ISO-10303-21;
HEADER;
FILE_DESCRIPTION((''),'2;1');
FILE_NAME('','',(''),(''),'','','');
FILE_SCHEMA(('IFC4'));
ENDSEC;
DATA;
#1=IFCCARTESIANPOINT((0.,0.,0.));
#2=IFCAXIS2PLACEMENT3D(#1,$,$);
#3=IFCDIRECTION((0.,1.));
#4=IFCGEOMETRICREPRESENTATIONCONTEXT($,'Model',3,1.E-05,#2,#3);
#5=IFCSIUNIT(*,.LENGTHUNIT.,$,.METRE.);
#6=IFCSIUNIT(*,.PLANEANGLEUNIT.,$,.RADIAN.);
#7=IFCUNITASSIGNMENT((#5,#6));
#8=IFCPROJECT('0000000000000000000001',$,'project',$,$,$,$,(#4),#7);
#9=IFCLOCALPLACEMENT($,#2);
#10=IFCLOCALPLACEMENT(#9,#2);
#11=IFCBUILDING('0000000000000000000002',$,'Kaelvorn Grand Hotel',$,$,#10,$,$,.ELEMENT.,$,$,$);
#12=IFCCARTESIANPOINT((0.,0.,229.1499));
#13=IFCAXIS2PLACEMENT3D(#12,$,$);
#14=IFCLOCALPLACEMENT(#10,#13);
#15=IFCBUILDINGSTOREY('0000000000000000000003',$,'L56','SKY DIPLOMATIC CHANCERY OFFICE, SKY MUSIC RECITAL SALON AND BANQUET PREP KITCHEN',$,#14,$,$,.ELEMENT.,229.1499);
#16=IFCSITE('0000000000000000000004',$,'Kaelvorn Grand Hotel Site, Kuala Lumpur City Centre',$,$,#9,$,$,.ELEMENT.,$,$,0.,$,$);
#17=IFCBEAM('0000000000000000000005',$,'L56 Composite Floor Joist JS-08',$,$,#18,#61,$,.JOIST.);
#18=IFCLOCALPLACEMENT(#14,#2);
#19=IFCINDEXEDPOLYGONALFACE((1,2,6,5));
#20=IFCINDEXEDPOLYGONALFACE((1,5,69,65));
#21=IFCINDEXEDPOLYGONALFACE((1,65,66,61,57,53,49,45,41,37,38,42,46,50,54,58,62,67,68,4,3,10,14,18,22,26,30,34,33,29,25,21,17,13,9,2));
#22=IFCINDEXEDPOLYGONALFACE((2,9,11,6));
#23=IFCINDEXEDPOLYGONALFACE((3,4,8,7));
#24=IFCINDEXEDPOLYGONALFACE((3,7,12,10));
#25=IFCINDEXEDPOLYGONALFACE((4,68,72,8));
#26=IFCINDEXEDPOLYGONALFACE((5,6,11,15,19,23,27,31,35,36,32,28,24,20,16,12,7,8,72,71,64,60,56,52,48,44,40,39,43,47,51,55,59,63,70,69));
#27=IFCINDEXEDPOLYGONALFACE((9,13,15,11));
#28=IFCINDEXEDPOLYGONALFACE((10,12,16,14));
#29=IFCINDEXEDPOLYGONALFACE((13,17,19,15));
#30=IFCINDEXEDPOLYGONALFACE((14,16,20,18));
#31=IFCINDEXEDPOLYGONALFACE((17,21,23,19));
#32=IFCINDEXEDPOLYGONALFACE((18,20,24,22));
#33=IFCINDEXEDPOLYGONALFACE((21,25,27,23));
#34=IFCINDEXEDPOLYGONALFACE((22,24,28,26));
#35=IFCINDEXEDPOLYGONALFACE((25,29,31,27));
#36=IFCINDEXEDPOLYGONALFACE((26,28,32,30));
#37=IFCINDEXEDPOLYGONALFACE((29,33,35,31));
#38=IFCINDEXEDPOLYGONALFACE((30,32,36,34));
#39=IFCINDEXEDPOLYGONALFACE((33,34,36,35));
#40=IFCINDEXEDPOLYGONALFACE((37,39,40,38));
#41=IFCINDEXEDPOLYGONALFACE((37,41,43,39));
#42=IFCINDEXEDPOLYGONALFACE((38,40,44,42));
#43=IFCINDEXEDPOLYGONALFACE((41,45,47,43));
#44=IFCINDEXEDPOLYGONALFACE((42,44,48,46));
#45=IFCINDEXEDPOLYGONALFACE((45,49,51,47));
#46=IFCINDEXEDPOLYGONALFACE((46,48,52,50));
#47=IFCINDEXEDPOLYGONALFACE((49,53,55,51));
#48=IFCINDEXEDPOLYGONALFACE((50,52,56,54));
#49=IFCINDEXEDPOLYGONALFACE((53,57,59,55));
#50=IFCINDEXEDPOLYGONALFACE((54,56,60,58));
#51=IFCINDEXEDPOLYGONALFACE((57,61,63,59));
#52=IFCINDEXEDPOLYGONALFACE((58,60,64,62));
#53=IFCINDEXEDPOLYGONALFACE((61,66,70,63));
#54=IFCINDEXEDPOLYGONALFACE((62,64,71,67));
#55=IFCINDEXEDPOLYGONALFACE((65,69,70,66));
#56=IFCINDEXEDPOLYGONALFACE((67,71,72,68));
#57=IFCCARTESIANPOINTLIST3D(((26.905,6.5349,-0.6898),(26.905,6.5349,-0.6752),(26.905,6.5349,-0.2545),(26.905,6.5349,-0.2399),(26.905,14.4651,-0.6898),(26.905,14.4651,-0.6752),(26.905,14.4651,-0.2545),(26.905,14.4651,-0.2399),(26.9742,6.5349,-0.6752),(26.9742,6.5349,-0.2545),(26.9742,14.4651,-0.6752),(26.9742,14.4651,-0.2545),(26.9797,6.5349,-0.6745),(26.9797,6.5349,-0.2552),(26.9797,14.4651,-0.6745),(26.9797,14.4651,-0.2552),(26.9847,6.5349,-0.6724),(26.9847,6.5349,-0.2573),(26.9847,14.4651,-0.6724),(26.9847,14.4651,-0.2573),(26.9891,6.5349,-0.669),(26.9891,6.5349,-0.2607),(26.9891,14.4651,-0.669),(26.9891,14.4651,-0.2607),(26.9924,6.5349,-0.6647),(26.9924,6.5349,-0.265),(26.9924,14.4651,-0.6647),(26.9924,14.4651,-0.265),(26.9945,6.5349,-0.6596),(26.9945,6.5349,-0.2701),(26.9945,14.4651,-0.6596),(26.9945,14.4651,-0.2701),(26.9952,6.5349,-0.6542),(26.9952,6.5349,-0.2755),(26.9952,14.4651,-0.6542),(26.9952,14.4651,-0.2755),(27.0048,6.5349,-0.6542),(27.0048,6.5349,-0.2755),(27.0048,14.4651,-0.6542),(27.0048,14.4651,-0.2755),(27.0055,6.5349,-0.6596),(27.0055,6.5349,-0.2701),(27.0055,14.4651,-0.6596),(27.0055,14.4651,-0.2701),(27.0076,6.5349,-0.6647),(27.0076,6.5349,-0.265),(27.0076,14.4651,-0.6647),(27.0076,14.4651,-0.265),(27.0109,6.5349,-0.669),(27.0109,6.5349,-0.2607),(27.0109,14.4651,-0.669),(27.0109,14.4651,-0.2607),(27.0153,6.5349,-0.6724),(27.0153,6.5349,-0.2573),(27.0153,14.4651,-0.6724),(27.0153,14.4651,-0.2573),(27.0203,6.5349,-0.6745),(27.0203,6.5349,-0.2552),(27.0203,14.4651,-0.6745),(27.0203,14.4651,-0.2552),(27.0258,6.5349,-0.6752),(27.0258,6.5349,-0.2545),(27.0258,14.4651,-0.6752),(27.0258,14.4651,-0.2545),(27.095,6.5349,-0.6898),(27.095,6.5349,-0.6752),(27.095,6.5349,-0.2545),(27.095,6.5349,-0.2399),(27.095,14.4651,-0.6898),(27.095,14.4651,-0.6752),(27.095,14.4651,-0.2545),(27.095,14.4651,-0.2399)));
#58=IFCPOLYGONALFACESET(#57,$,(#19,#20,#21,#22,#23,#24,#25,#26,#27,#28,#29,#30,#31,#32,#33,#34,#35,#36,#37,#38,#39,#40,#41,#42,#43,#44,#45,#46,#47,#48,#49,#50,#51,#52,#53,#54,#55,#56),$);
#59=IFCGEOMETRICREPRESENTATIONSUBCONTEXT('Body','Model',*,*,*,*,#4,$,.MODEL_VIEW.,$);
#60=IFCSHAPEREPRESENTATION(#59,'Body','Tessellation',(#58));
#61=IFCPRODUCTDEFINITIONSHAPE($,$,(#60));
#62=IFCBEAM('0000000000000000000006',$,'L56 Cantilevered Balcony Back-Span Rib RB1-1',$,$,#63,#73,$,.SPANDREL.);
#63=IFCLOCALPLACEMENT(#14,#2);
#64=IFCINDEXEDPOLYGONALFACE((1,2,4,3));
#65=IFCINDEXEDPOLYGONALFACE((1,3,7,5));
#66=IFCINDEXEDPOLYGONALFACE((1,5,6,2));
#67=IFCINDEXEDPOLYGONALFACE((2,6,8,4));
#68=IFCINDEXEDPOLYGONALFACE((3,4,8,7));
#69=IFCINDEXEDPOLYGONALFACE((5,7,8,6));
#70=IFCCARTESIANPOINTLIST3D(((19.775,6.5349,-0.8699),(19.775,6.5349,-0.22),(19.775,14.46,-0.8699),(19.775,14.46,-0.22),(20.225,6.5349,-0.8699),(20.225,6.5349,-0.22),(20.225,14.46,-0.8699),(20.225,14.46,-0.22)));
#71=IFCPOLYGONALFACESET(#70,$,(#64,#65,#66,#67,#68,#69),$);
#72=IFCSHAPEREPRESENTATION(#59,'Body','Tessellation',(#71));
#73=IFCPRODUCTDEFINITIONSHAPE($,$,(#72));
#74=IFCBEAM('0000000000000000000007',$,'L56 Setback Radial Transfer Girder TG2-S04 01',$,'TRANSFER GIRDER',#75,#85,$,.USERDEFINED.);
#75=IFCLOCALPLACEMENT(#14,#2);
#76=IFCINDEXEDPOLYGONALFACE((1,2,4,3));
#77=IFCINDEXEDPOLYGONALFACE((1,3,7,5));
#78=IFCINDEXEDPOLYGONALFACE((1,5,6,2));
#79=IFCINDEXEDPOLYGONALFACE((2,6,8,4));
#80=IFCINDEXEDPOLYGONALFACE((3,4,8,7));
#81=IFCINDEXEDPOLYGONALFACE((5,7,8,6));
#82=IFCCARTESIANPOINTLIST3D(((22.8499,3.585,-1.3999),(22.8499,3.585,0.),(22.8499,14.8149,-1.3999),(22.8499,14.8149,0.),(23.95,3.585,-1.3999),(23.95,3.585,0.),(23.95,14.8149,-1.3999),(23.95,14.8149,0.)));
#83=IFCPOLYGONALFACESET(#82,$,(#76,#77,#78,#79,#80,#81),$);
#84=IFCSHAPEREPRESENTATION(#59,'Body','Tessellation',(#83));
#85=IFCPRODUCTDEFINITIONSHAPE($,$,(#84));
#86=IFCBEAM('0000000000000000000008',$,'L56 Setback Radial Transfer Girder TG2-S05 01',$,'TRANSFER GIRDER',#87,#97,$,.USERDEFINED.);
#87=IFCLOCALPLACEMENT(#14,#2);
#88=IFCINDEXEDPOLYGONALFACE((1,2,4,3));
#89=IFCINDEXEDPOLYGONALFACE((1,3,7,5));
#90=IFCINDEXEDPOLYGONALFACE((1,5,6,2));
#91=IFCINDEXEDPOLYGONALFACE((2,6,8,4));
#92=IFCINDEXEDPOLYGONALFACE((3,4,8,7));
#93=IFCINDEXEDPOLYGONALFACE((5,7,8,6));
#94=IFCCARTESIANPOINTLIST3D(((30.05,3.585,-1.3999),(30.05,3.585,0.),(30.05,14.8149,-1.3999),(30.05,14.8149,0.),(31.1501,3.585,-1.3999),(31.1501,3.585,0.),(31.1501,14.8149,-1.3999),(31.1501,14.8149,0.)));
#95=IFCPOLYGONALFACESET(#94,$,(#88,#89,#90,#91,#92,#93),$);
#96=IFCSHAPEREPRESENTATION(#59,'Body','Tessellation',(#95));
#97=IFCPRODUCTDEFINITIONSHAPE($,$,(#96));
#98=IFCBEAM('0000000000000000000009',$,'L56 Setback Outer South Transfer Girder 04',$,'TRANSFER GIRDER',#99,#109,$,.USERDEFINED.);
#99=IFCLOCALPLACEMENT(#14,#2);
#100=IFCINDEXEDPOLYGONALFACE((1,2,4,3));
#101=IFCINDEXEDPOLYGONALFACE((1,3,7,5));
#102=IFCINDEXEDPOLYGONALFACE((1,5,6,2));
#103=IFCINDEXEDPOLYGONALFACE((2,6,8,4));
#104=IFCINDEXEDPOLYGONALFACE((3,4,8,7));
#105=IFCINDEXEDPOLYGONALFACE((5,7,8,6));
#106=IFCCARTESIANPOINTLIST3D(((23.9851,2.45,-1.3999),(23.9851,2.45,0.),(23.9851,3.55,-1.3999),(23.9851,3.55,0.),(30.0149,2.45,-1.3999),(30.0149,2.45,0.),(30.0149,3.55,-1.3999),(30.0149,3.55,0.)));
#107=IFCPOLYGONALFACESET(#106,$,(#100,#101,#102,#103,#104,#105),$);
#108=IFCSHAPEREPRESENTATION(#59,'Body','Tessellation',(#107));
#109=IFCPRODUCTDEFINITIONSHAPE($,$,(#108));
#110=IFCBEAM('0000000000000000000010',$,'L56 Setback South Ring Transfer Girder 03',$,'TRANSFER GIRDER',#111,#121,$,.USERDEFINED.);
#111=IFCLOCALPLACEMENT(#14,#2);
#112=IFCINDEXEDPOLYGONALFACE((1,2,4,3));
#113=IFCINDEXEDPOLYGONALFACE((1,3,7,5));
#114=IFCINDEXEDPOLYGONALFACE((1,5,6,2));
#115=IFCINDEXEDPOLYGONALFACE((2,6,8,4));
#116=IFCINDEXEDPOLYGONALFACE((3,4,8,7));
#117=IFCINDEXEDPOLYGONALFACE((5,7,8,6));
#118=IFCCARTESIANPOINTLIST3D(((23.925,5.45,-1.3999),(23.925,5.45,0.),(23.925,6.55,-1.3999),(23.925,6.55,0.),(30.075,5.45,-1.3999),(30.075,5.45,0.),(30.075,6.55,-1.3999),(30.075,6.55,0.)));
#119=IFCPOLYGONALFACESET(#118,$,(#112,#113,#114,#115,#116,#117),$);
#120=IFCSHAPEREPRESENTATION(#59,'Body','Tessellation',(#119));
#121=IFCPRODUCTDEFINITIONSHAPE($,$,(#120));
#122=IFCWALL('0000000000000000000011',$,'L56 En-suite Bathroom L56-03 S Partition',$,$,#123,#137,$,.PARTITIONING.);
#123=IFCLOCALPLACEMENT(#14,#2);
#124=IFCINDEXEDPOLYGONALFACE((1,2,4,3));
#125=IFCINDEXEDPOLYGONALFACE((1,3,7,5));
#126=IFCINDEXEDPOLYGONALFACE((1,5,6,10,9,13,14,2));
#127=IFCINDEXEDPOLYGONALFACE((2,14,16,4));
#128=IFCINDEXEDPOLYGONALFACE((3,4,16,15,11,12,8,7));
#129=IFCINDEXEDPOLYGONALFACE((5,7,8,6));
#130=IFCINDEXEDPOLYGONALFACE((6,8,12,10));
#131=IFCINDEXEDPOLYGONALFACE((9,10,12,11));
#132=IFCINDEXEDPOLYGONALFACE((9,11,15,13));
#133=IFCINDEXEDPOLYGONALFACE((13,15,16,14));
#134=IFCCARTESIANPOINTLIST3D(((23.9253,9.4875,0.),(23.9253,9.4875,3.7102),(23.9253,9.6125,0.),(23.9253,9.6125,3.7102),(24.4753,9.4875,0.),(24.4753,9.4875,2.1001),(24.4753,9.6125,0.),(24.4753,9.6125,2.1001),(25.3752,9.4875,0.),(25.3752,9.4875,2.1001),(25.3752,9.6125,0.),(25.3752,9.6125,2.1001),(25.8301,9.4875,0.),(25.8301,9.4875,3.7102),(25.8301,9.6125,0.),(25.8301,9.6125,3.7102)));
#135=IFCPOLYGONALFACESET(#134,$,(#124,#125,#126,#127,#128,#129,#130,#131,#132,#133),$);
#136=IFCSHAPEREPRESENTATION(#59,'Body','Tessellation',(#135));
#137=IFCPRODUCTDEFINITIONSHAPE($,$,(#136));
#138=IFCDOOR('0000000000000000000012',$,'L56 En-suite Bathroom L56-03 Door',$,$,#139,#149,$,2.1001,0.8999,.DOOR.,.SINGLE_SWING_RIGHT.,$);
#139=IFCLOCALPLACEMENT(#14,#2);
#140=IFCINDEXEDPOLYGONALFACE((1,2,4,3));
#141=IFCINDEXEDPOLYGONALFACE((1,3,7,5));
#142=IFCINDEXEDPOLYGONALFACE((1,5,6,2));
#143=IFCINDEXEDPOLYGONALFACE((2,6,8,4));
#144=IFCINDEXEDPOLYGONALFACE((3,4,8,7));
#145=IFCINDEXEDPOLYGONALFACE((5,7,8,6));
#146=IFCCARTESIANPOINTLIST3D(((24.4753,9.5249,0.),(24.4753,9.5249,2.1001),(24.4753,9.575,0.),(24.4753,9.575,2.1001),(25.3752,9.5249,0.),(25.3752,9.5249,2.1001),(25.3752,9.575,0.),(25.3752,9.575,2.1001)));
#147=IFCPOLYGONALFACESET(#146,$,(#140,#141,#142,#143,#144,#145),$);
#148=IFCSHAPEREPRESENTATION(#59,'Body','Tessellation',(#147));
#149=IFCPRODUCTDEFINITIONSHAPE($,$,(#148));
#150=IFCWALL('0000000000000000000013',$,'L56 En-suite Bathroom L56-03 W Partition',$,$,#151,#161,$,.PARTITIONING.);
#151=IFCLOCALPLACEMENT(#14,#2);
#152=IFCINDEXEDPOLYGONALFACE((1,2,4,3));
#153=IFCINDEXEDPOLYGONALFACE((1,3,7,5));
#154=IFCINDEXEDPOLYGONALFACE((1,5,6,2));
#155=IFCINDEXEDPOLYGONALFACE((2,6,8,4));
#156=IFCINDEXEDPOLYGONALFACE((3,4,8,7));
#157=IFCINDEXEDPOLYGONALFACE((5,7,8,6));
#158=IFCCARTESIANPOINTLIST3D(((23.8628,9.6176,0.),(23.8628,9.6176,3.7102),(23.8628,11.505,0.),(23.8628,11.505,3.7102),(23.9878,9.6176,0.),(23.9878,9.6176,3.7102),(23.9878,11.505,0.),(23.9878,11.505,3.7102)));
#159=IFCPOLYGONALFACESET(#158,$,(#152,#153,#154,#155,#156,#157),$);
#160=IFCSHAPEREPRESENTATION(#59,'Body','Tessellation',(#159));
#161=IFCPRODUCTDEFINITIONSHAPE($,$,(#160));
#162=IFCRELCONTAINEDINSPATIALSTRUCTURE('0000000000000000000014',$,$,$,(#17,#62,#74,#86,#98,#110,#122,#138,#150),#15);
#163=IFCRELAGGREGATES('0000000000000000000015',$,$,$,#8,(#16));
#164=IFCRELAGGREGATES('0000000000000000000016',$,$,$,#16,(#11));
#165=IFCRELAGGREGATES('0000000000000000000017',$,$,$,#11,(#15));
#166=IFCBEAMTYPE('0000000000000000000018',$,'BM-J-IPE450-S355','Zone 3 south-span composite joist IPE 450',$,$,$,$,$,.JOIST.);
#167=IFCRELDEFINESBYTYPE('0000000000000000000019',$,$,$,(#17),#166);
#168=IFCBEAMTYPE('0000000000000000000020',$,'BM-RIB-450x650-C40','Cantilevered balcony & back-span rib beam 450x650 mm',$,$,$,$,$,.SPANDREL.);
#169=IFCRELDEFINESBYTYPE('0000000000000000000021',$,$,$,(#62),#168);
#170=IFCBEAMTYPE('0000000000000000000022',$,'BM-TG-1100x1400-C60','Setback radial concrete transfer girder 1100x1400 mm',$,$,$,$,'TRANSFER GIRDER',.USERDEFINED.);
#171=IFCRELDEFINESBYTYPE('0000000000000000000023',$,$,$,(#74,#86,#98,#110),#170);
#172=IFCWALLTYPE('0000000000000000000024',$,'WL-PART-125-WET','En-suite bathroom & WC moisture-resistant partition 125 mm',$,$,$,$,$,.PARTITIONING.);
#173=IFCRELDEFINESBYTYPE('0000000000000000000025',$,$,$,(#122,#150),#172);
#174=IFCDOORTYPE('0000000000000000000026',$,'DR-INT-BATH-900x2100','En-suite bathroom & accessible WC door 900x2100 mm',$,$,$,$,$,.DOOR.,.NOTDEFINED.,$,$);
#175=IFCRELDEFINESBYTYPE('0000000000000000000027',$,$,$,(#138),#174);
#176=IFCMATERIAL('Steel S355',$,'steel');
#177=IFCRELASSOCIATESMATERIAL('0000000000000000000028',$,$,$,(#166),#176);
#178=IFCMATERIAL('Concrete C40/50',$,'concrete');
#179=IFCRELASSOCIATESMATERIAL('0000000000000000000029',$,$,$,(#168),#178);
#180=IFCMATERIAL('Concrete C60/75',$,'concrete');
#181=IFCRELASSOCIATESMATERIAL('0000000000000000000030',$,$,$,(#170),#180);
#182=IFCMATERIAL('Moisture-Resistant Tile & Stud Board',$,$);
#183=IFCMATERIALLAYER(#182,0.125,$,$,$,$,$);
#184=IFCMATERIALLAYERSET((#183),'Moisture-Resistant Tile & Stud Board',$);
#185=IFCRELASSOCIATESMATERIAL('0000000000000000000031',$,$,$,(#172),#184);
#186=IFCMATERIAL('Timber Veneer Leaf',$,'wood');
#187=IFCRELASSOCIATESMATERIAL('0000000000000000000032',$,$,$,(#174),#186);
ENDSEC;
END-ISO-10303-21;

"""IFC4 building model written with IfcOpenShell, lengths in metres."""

from ifc_helpers import new_model, si_unit, direction, frame, frame_2d, origin, origin_2d, place, context, subcontext, project, spatial, rectangle, i_section, extrude, material, layer, layer_set, material_profile, profile_set, type_object, element, fill, save


model = new_model("IFC4")

# Units and contexts
model_context = context("Model", 3, precision=1e-05, world=origin(), true_north=direction((0.0, 1.0)))
body_context = subcontext(model_context, "Body", "Model", "MODEL_VIEW")
ifc_project = project(units=[si_unit("LENGTHUNIT", "METRE"), si_unit("PLANEANGLEUNIT", "RADIAN")], contexts=[model_context])

# Site, building, storey
site_placement = place(None, origin())
site = spatial("IfcSite", under=ifc_project, at=site_placement, Name="Kaelvorn Grand Hotel Site, Kuala Lumpur City Centre", CompositionType="ELEMENT", RefElevation=0.0)
building_placement = place(site_placement, origin())
building = spatial("IfcBuilding", under=site, at=building_placement, Name="Kaelvorn Grand Hotel", CompositionType="ELEMENT")
storey_placement = place(building_placement, frame((0.0, 0.0, 229.1499)))
storey = spatial("IfcBuildingStorey", under=building, at=storey_placement, Name="L56", Description="SKY DIPLOMATIC CHANCERY OFFICE, SKY MUSIC RECITAL SALON AND BANQUET PREP KITCHEN", CompositionType="ELEMENT", Elevation=229.1499)

# Beams
ifc_material_1 = material(Name="Steel S355", Category="steel")
ifc_material_profile_1 = material_profile(ifc_material_1, i_section(OverallWidth=0.1899, OverallDepth=0.45, WebThickness=0.0095, FlangeThickness=0.0146, FilletRadius=0.021, at=origin_2d()), Name="IPE 450")
ifc_profile_set_1 = profile_set([ifc_material_profile_1], Name="Steel S355")
beam_type_1 = type_object("IfcBeamType", Name="BM-J-IPE450-S355", Description="Zone 3 south-span composite joist IPE 450", PredefinedType="JOIST", material=ifc_profile_set_1)
beam_1_placement = place(storey_placement, frame((27.0, 6.5349, -0.4648), z_axis=(0.0, 1.0, 0.0), x_axis=(-1.0, 0.0, 0.0)))
element("IfcBeam", 1, at=beam_1_placement, inside=storey, type_object=beam_type_1, Name="L56 Composite Floor Joist JS-08", PredefinedType="JOIST", context=body_context, shape_type="SweptSolid", body=[
    extrude(i_section(OverallWidth=0.1899, OverallDepth=0.45, WebThickness=0.0095, FlangeThickness=0.0146, FilletRadius=0.021, at=origin_2d()), origin(), (0.0, 0.0, 1.0), 7.9302),
])
ifc_material_2 = material(Name="Concrete C40/50", Category="concrete")
ifc_material_profile_2 = material_profile(ifc_material_2, rectangle(XDim=0.45, YDim=0.6499, at=origin_2d()), Name="RC RIB 450x650")
ifc_profile_set_2 = profile_set([ifc_material_profile_2], Name="Concrete C40/50")
beam_type_2 = type_object("IfcBeamType", Name="BM-RIB-450x650-C40", Description="Cantilevered balcony & back-span rib beam 450x650 mm", PredefinedType="SPANDREL", material=ifc_profile_set_2)
beam_2_placement = place(storey_placement, frame((20.0, 6.5349, -0.5449), z_axis=(0.0, 1.0, 0.0), x_axis=(-1.0, 0.0, 0.0)))
element("IfcBeam", 2, at=beam_2_placement, inside=storey, type_object=beam_type_2, Name="L56 Cantilevered Balcony Back-Span Rib RB1-1", PredefinedType="SPANDREL", context=body_context, shape_type="SweptSolid", body=[
    extrude(rectangle(XDim=0.45, YDim=0.6499, at=origin_2d()), origin(), (0.0, 0.0, 1.0), 7.925),
])
ifc_material_3 = material(Name="Concrete C60/75", Category="concrete")
ifc_material_profile_3 = material_profile(ifc_material_3, rectangle(XDim=1.1001, YDim=1.3999, at=origin_2d()), Name="RC TG 1100x1400")
ifc_profile_set_3 = profile_set([ifc_material_profile_3], Name="Concrete C60/75")
beam_type_3 = type_object("IfcBeamType", Name="BM-TG-1100x1400-C60", Description="Setback radial concrete transfer girder 1100x1400 mm", ElementType="TRANSFER GIRDER", PredefinedType="USERDEFINED", material=ifc_profile_set_3)
for number, where, z_axis, x_axis, name in (
    (3, (23.3999, 3.585, -0.7), (0.0, 1.0, 0.0), (-1.0, 0.0, 0.0), "L56 Setback Radial Transfer Girder TG2-S04 01"),
    (4, (30.6001, 3.585, -0.7), (0.0, 1.0, 0.0), (-1.0, 0.0, 0.0), "L56 Setback Radial Transfer Girder TG2-S05 01"),
):
    element("IfcBeam", number, at=place(storey_placement, frame(where, z_axis=z_axis, x_axis=x_axis)), inside=storey, type_object=beam_type_3, Name=name, ObjectType="TRANSFER GIRDER", PredefinedType="USERDEFINED", context=body_context, shape_type="SweptSolid", body=[
        extrude(rectangle(XDim=1.1001, YDim=1.3999, at=origin_2d()), origin(), (0.0, 0.0, 1.0), 11.23),
    ])
beam_3_placement = place(storey_placement, frame((23.9851, 3.0, -0.7), z_axis=(1.0, 0.0, 0.0), x_axis=(0.0, 1.0, 0.0)))
element("IfcBeam", 5, at=beam_3_placement, inside=storey, type_object=beam_type_3, Name="L56 Setback Outer South Transfer Girder 04", ObjectType="TRANSFER GIRDER", PredefinedType="USERDEFINED", context=body_context, shape_type="SweptSolid", body=[
    extrude(rectangle(XDim=1.1001, YDim=1.3999, at=origin_2d()), origin(), (0.0, 0.0, 1.0), 6.0298),
])
beam_4_placement = place(storey_placement, frame((23.925, 6.0, -0.7), z_axis=(1.0, 0.0, 0.0), x_axis=(0.0, 1.0, 0.0)))
element("IfcBeam", 6, at=beam_4_placement, inside=storey, type_object=beam_type_3, Name="L56 Setback South Ring Transfer Girder 03", ObjectType="TRANSFER GIRDER", PredefinedType="USERDEFINED", context=body_context, shape_type="SweptSolid", body=[
    extrude(rectangle(XDim=1.1001, YDim=1.3999, at=origin_2d()), origin(), (0.0, 0.0, 1.0), 6.1499),
])

# Wall, opening, door
ifc_material_4 = material(Name="Moisture-Resistant Tile & Stud Board")
ifc_layer_1 = layer(ifc_material_4, 0.125)
ifc_layer_set_1 = layer_set([ifc_layer_1], Name="Moisture-Resistant Tile & Stud Board")
wall_type_1 = type_object("IfcWallType", Name="WL-PART-125-WET", Description="En-suite bathroom & WC moisture-resistant partition 125 mm", PredefinedType="PARTITIONING", material=ifc_layer_set_1)
wall_1_placement = place(storey_placement, frame((23.9253, 9.55, 0.0), z_axis=(0.0, 0.0, 1.0), x_axis=(1.0, 0.0, 0.0)))
wall_1 = element("IfcWall", 7, at=wall_1_placement, inside=storey, type_object=wall_type_1, Name="L56 En-suite Bathroom L56-03 S Partition", PredefinedType="PARTITIONING", context=body_context, shape_type="SweptSolid", body=[
    extrude(rectangle(XDim=1.9048, YDim=0.125, at=frame_2d((0.9524, 0.0))), origin(), (0.0, 0.0, 1.0), 3.7102),
])
opening_1_placement = place(wall_1_placement, frame((0.55, 0.0, 0.0)))
opening_1 = element("IfcOpeningElement", 8, at=opening_1_placement, cuts=wall_1, PredefinedType="OPENING", context=body_context, shape_type="SweptSolid", body=[
    extrude(rectangle(XDim=0.8999, YDim=2.1001, at=frame_2d((0.45, 1.05))), frame((0.0, 0.0725, 0.0), z_axis=(0.0, -1.0, 0.0), x_axis=(1.0, 0.0, 0.0)), (0.0, 0.0, 1.0), 0.145),
])
ifc_material_5 = material(Name="Timber Veneer Leaf", Category="wood")
door_type_1 = type_object("IfcDoorType", Name="DR-INT-BATH-900x2100", Description="En-suite bathroom & accessible WC door 900x2100 mm", OperationType="NOTDEFINED", PredefinedType="DOOR", material=ifc_material_5)
door_1_placement = place(opening_1_placement, origin())
door_1 = element("IfcDoor", 9, at=door_1_placement, inside=storey, type_object=door_type_1, Name="L56 En-suite Bathroom L56-03 Door", OperationType="SINGLE_SWING_RIGHT", OverallHeight=2.1001, OverallWidth=0.8999, PredefinedType="DOOR", context=body_context, shape_type="SweptSolid", body=[
    extrude(rectangle(XDim=0.8999, YDim=2.1001, at=frame_2d((0.45, 1.05))), frame((0.0, 0.0249, 0.0), z_axis=(0.0, -1.0, 0.0), x_axis=(1.0, 0.0, 0.0)), (0.0, 0.0, 1.0), 0.05),
])
fill(opening_1, door_1)

# Wall
wall_2_placement = place(storey_placement, frame((23.9253, 9.6174, 0.0), z_axis=(0.0, 0.0, 1.0), x_axis=(0.0, 1.0, 0.0)))
element("IfcWall", 10, at=wall_2_placement, inside=storey, type_object=wall_type_1, Name="L56 En-suite Bathroom L56-03 W Partition", PredefinedType="PARTITIONING", context=body_context, shape_type="SweptSolid", body=[
    extrude(rectangle(XDim=1.8875, YDim=0.125, at=frame_2d((0.9438, 0.0))), origin(), (0.0, 0.0, 1.0), 3.7102),
])

save(model, "model.ifc")
